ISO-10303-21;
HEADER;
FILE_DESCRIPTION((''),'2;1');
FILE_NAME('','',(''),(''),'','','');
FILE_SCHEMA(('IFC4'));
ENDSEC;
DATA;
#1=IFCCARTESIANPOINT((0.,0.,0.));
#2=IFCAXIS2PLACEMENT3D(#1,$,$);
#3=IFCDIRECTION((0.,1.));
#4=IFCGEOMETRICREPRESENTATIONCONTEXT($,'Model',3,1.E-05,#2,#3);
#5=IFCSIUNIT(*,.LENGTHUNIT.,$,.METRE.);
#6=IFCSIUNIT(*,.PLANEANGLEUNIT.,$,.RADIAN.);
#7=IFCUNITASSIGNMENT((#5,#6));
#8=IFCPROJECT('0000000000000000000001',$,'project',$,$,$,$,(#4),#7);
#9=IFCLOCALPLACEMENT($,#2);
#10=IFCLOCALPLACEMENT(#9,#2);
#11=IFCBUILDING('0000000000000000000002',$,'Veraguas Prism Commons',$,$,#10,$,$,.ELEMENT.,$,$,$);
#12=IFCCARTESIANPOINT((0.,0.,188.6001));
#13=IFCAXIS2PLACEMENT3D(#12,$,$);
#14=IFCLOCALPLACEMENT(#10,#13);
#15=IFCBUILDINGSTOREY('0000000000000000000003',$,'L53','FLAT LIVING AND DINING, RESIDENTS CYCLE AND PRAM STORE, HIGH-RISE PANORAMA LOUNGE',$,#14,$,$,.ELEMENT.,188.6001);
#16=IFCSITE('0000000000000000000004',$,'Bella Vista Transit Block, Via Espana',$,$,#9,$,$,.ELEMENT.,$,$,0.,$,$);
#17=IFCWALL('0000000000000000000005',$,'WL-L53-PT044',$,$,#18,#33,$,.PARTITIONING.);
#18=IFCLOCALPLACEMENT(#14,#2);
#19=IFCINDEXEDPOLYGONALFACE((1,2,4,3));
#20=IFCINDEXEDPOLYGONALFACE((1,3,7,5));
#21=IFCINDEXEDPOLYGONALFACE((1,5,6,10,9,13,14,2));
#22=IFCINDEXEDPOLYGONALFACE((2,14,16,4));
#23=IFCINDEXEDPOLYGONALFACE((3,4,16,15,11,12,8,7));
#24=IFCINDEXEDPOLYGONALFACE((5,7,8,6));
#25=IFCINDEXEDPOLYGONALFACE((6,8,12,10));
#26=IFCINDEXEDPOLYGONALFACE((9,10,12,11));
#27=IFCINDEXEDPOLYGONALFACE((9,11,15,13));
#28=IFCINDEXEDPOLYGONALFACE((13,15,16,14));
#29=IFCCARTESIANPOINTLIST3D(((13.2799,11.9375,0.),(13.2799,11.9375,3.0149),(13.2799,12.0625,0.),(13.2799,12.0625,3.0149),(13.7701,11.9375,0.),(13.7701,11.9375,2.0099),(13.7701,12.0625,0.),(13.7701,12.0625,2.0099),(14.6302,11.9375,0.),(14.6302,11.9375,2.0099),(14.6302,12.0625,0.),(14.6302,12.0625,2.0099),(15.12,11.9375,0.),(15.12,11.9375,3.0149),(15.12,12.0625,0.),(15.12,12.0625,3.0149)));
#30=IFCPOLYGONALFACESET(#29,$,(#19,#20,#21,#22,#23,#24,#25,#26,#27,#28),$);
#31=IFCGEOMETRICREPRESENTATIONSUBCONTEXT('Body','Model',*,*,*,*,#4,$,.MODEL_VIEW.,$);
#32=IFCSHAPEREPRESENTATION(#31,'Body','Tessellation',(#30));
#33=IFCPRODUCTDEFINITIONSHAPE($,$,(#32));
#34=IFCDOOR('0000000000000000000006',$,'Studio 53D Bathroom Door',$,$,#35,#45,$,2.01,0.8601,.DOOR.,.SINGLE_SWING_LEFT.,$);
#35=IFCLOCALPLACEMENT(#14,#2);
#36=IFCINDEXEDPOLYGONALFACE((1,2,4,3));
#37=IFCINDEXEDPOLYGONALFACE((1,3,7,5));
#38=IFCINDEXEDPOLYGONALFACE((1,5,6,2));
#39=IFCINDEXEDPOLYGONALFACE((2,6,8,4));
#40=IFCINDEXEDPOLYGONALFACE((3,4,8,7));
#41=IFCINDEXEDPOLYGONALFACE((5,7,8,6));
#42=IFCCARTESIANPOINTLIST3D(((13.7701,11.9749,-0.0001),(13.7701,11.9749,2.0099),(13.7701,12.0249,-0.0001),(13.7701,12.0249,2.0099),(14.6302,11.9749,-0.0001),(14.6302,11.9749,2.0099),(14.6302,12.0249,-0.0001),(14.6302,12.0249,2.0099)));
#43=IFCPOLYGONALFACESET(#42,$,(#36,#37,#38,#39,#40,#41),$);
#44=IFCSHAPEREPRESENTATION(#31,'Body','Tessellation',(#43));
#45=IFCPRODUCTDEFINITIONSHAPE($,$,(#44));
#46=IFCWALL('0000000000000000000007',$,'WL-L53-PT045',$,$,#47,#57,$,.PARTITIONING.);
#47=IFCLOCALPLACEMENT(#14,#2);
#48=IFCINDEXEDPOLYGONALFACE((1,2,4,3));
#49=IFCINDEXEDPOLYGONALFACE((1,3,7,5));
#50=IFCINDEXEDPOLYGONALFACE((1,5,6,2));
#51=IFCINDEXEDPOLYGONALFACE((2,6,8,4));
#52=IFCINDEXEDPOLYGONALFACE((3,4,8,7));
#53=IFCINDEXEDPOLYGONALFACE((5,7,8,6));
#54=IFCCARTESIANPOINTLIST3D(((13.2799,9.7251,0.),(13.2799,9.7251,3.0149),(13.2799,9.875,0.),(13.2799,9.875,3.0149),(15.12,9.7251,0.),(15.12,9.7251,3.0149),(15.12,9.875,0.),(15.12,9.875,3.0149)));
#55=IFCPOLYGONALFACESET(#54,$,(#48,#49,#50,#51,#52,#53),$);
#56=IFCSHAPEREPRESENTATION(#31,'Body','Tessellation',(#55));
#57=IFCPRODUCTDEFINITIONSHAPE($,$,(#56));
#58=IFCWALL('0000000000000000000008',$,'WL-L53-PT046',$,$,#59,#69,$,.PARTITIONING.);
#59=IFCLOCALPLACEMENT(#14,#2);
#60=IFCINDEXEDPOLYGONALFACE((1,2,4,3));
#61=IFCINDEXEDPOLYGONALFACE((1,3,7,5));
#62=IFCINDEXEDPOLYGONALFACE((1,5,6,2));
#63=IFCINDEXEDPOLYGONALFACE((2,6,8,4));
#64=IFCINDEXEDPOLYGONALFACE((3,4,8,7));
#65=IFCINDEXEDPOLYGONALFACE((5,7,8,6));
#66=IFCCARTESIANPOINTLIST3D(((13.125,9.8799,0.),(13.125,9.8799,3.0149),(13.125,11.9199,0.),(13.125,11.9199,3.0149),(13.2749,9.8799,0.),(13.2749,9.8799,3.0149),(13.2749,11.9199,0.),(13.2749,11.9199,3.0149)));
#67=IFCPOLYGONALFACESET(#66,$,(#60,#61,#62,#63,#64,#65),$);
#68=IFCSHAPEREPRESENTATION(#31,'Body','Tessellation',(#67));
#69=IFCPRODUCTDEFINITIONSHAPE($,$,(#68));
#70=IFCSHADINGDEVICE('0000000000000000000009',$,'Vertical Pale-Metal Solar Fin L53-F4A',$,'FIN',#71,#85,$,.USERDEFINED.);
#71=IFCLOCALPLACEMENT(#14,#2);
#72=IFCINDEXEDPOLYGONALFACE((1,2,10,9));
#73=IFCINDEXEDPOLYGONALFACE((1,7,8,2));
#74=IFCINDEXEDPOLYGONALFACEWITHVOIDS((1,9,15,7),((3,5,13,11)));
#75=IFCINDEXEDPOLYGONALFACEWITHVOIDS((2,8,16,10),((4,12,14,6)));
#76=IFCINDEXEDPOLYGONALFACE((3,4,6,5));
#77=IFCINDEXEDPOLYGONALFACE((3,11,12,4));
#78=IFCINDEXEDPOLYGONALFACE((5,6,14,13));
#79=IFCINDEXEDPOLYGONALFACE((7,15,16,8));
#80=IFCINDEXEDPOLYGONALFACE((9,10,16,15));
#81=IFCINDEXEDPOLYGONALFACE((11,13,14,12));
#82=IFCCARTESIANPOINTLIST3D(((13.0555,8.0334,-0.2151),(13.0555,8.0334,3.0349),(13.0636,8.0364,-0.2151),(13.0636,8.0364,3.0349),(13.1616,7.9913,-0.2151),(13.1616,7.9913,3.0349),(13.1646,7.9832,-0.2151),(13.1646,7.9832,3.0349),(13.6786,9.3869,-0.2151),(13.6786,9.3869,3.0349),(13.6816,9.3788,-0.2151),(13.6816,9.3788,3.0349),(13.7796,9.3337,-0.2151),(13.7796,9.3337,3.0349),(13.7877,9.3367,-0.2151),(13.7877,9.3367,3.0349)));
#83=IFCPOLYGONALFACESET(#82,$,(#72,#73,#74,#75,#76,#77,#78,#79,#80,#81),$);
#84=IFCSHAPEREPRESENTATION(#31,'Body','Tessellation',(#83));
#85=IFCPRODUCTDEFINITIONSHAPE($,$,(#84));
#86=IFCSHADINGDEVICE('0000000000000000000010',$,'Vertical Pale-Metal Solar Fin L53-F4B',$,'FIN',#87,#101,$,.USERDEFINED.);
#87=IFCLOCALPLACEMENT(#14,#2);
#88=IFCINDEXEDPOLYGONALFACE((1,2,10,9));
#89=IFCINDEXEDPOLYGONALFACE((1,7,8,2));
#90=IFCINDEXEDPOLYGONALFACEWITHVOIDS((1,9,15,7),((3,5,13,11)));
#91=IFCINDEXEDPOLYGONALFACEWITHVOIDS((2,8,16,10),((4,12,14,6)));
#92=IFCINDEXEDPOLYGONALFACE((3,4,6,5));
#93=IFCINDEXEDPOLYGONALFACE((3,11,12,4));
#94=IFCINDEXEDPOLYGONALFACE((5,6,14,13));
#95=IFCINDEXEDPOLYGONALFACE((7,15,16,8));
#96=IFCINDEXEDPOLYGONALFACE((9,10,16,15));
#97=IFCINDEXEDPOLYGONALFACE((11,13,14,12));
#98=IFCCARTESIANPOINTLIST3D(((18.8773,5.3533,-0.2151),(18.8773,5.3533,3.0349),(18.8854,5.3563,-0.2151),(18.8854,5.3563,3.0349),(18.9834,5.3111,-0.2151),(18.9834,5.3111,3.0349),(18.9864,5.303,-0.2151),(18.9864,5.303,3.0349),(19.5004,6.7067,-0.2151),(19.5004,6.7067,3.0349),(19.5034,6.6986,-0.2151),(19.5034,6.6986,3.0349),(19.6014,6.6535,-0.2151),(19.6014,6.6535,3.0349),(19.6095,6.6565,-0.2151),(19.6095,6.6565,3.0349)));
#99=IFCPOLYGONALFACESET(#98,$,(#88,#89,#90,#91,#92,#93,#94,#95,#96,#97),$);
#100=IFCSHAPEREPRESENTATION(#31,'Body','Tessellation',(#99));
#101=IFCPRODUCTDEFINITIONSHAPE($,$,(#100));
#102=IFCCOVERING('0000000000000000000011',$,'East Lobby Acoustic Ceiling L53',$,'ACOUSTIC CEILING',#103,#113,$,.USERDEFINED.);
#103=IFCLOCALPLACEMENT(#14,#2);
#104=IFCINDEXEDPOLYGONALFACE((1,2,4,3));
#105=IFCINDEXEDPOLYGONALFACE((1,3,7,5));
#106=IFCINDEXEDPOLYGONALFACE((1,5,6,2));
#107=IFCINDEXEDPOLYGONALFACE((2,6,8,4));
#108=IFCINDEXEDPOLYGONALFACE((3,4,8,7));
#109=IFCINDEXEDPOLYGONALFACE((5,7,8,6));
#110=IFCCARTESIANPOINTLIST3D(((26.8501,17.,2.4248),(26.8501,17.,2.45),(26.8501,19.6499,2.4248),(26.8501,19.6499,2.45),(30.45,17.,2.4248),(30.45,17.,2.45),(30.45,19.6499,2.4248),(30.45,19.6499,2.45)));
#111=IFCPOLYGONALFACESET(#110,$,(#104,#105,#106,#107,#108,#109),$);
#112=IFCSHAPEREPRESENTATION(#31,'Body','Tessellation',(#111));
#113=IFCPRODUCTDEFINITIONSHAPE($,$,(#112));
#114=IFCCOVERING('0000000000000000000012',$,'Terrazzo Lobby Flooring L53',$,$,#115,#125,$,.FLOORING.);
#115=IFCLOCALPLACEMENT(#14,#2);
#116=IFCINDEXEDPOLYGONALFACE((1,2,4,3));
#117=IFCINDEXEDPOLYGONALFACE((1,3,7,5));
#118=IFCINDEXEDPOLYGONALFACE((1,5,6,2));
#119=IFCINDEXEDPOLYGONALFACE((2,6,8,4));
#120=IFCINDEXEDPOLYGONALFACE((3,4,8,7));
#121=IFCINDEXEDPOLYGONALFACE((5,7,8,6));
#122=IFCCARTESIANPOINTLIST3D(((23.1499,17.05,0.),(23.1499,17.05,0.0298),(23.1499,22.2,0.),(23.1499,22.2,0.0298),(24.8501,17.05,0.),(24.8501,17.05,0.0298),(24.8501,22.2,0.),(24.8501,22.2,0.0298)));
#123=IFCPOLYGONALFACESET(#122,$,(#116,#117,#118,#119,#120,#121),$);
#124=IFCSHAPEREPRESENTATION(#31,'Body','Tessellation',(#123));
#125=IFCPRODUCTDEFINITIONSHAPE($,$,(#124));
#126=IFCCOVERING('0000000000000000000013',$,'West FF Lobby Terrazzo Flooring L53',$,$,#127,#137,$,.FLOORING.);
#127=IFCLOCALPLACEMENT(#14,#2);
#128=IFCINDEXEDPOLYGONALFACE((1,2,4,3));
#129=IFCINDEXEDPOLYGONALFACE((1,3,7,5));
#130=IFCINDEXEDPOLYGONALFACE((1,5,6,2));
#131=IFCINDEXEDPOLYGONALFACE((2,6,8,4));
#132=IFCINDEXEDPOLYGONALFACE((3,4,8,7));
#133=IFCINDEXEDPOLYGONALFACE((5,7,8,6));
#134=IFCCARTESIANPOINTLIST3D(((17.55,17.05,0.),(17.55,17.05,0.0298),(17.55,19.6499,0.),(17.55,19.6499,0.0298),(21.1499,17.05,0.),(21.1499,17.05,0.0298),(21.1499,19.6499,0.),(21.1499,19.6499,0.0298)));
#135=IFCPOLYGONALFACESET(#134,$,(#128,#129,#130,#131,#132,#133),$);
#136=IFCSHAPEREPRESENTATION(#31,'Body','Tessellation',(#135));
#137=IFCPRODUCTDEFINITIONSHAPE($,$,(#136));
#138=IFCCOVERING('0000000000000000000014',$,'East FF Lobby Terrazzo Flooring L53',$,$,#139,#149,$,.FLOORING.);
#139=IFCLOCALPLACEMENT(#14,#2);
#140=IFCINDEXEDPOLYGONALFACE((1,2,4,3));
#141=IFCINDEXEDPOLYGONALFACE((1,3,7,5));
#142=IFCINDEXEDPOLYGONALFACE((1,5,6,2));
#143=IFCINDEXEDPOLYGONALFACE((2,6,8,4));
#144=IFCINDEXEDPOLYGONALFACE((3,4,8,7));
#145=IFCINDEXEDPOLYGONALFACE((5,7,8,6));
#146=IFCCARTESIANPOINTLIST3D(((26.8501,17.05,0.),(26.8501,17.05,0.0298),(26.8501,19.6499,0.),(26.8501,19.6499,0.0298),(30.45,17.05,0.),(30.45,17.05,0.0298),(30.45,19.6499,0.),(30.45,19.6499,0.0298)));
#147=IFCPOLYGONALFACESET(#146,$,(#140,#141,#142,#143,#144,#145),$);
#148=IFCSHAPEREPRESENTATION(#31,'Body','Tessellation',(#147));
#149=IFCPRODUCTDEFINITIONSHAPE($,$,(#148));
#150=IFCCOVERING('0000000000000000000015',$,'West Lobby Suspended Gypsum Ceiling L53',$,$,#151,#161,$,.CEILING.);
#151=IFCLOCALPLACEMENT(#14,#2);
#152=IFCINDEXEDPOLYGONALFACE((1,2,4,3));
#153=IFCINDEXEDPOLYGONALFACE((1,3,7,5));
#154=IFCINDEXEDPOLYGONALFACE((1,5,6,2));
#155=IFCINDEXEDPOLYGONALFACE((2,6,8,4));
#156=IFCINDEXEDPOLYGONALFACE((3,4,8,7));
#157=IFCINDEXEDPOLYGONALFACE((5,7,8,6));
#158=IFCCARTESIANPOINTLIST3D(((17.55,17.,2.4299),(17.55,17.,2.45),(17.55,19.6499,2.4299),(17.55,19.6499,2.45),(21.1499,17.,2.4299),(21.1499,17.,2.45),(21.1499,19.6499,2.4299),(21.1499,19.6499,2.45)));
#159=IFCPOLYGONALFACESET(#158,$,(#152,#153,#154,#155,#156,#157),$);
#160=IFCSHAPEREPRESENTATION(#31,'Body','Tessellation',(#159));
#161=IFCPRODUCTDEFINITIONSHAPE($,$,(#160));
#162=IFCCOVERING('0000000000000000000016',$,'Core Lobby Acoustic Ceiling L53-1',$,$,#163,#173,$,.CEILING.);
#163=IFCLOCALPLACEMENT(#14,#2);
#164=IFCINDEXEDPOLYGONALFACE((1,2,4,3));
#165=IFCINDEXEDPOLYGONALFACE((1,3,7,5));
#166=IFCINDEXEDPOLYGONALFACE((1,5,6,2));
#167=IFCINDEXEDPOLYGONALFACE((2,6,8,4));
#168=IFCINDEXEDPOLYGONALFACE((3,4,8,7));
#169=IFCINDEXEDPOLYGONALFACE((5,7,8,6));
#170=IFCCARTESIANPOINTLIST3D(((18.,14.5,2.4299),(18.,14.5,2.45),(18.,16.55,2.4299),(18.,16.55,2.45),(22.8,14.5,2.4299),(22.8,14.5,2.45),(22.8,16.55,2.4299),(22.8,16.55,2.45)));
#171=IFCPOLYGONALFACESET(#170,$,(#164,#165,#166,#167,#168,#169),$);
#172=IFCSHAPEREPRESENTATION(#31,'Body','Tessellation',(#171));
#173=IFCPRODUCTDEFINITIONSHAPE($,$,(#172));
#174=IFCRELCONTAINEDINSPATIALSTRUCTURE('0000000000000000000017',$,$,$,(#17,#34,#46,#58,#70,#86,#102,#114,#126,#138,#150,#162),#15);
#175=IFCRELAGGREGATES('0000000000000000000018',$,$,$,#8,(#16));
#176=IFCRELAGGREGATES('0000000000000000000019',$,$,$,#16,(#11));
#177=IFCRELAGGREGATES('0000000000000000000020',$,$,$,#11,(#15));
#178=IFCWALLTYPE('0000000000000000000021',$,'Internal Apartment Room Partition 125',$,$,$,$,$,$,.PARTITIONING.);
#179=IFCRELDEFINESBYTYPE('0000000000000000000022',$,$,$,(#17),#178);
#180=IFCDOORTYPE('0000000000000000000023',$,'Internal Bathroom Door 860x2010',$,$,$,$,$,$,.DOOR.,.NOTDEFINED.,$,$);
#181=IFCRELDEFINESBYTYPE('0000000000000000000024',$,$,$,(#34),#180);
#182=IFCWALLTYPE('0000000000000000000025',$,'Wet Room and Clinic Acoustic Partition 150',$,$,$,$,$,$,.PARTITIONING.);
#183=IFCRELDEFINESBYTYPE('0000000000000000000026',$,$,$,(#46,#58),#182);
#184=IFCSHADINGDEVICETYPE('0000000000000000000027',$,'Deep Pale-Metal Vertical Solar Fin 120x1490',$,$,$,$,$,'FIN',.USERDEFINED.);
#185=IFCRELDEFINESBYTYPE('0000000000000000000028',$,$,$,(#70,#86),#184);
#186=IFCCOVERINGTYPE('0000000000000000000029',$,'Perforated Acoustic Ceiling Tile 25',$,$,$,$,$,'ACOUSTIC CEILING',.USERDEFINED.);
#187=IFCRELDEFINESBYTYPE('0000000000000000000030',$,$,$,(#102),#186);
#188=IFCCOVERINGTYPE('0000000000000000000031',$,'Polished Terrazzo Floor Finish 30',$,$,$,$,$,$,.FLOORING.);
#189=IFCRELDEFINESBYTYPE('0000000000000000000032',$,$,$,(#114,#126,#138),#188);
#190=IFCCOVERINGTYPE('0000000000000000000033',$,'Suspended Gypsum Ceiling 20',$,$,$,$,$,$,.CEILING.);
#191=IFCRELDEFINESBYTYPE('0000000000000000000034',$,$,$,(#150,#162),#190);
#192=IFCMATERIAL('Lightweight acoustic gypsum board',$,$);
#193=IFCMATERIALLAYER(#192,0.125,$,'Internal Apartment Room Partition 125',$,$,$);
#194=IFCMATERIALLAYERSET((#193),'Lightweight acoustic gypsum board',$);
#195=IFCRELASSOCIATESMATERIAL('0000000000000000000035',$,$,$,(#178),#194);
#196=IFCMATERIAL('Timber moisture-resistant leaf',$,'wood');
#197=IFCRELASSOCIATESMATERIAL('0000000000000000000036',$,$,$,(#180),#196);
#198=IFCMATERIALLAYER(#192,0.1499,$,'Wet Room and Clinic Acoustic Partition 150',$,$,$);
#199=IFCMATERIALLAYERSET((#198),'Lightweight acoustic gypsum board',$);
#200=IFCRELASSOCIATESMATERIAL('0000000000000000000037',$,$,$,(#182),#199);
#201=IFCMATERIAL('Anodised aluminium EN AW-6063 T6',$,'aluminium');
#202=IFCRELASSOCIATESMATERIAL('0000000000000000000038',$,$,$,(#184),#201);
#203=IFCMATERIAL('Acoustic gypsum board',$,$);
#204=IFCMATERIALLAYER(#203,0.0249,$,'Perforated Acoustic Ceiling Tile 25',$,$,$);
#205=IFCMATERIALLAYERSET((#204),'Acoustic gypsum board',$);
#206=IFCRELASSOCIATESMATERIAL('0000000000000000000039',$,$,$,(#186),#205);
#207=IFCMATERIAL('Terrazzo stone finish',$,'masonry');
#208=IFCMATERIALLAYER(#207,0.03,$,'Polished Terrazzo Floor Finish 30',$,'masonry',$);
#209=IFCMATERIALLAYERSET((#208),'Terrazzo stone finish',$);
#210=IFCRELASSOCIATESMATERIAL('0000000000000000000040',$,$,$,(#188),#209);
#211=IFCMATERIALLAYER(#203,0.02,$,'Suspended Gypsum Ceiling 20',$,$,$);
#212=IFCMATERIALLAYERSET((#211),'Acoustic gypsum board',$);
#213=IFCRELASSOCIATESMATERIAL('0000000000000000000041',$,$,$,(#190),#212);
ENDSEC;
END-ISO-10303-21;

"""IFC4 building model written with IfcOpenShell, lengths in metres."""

from ifc_helpers import new_model, si_unit, direction, frame, frame_2d, origin, origin_2d, place, context, subcontext, project, spatial, polyline, rectangle, hollow_rectangle, outline, extrude, source, transform, mapped, material, layer, layer_set, material_profile, profile_set, type_object, element, fill, save


model = new_model("IFC4")

# Units and contexts
model_context = context("Model", 3, precision=1e-05, world=origin(), true_north=direction((0.0, 1.0)))
body_context = subcontext(model_context, "Body", "Model", "MODEL_VIEW")
ifc_project = project(units=[si_unit("LENGTHUNIT", "METRE"), si_unit("PLANEANGLEUNIT", "RADIAN")], contexts=[model_context])

# Site, building, storey
site_placement = place(None, origin())
site = spatial("IfcSite", under=ifc_project, at=site_placement, Name="Bella Vista Transit Block, Via Espana", CompositionType="ELEMENT", RefElevation=0.0)
building_placement = place(site_placement, origin())
building = spatial("IfcBuilding", under=site, at=building_placement, Name="Veraguas Prism Commons", CompositionType="ELEMENT")
storey_placement = place(building_placement, frame((0.0, 0.0, 188.6001)))
storey = spatial("IfcBuildingStorey", under=building, at=storey_placement, Name="L53", Description="FLAT LIVING AND DINING, RESIDENTS CYCLE AND PRAM STORE, HIGH-RISE PANORAMA LOUNGE", CompositionType="ELEMENT", Elevation=188.6001)

# Shared definitions
ifc_material_1 = material(Name="Anodised aluminium EN AW-6063 T6", Category="aluminium")

# Wall, opening, door
ifc_material_2 = material(Name="Lightweight acoustic gypsum board")
ifc_layer_1 = layer(ifc_material_2, 0.125, Name="Internal Apartment Room Partition 125")
ifc_layer_set_1 = layer_set([ifc_layer_1], Name="Lightweight acoustic gypsum board")
wall_type_1 = type_object("IfcWallType", Name="Internal Apartment Room Partition 125", PredefinedType="PARTITIONING", material=ifc_layer_set_1)
wall_1_placement = place(storey_placement, frame((13.28, 12.0, 0.0), z_axis=(0.0, 0.0, 1.0), x_axis=(1.0, 0.0, 0.0)))
wall_1 = element("IfcWall", 1, at=wall_1_placement, inside=storey, type_object=wall_type_1, Name="WL-L53-PT044", PredefinedType="PARTITIONING", context=body_context, shape_type="SweptSolid", body=[
    extrude(rectangle(XDim=1.8401, YDim=0.125, at=frame_2d((0.9199, 0.0))), origin(), (0.0, 0.0, 1.0), 3.0149),
])
opening_1_placement = place(wall_1_placement, frame((0.49, 0.0, 0.0)))
opening_1 = element("IfcOpeningElement", 2, at=opening_1_placement, cuts=wall_1, PredefinedType="OPENING", context=body_context, shape_type="SweptSolid", body=[
    extrude(rectangle(XDim=0.8601, YDim=2.01, at=frame_2d((0.4302, 1.0049))), frame((0.0, 0.0725, 0.0), z_axis=(0.0, -1.0, 0.0), x_axis=(1.0, 0.0, 0.0)), (0.0, 0.0, 1.0), 0.145),
])
ifc_material_3 = material(Name="Timber moisture-resistant leaf", Category="wood")
door_type_1 = type_object("IfcDoorType", Name="Internal Bathroom Door 860x2010", OperationType="NOTDEFINED", PredefinedType="DOOR", material=ifc_material_3)
shared_shape_1 = source(origin(), body_context, "Body", "SweptSolid", [
    extrude(rectangle(XDim=0.8601, YDim=2.01, at=frame_2d((0.4302, 1.0049))), frame((0.0, 0.0249, 0.0), z_axis=(0.0, -1.0, 0.0), x_axis=(1.0, 0.0, 0.0)), (0.0, 0.0, 1.0), 0.05),
])
door_1_placement = place(opening_1_placement, origin())
door_1 = element("IfcDoor", 3, at=door_1_placement, inside=storey, type_object=door_type_1, Name="Studio 53D Bathroom Door", OperationType="SINGLE_SWING_LEFT", OverallHeight=2.01, OverallWidth=0.8601, PredefinedType="DOOR", context=body_context, shape_type="MappedRepresentation", body=[
    mapped(shared_shape_1, transform((0.0, 0.0, 0.0), scale=1.0)),
])
fill(opening_1, door_1)

# Walls
ifc_layer_2 = layer(ifc_material_2, 0.1499, Name="Wet Room and Clinic Acoustic Partition 150")
ifc_layer_set_2 = layer_set([ifc_layer_2], Name="Lightweight acoustic gypsum board")
wall_type_2 = type_object("IfcWallType", Name="Wet Room and Clinic Acoustic Partition 150", PredefinedType="PARTITIONING", material=ifc_layer_set_2)
wall_2_placement = place(storey_placement, frame((13.28, 9.8, 0.0), z_axis=(0.0, 0.0, 1.0), x_axis=(1.0, 0.0, 0.0)))
element("IfcWall", 4, at=wall_2_placement, inside=storey, type_object=wall_type_2, Name="WL-L53-PT045", PredefinedType="PARTITIONING", context=body_context, shape_type="SweptSolid", body=[
    extrude(rectangle(XDim=1.8401, YDim=0.1499, at=frame_2d((0.9199, 0.0))), origin(), (0.0, 0.0, 1.0), 3.0149),
])
wall_3_placement = place(storey_placement, frame((13.2, 9.8799, 0.0), z_axis=(0.0, 0.0, 1.0), x_axis=(0.0, 1.0, 0.0)))
element("IfcWall", 5, at=wall_3_placement, inside=storey, type_object=wall_type_2, Name="WL-L53-PT046", PredefinedType="PARTITIONING", context=body_context, shape_type="SweptSolid", body=[
    extrude(rectangle(XDim=2.04, YDim=0.1499, at=frame_2d((1.02, 0.0))), origin(), (0.0, 0.0, 1.0), 3.0149),
])

# Shading devices
ifc_material_profile_1 = material_profile(ifc_material_1, hollow_rectangle(XDim=0.1201, YDim=1.49, WallThickness=0.0061, at=origin_2d()), Name="FIN120X1490X6")
ifc_profile_set_1 = profile_set([ifc_material_profile_1], Name="Anodised aluminium EN AW-6063 T6")
shading_device_type = type_object("IfcShadingDeviceType", Name="Deep Pale-Metal Vertical Solar Fin 120x1490", ElementType="FIN", PredefinedType="USERDEFINED", material=ifc_profile_set_1)
for number, where, z_axis, x_axis, name in (
    (6, (13.4216, 8.6851, -0.2151), (0.0, 0.0, 1.0), (0.908361, -0.418187, 0.0), "Vertical Pale-Metal Solar Fin L53-F4A"),
    (7, (19.2434, 6.0049, -0.2151), (0.0, 0.0, 1.0), (0.908361, -0.418187, 0.0), "Vertical Pale-Metal Solar Fin L53-F4B"),
):
    element("IfcShadingDevice", number, at=place(storey_placement, frame(where, z_axis=z_axis, x_axis=x_axis)), inside=storey, type_object=shading_device_type, Name=name, ObjectType="FIN", PredefinedType="USERDEFINED", context=body_context, shape_type="SweptSolid", body=[
        extrude(hollow_rectangle(XDim=0.1201, YDim=1.49, WallThickness=0.0061, at=origin_2d()), origin(), (0.0, 0.0, 1.0), 3.25),
    ])

# Coverings
ifc_material_4 = material(Name="Acoustic gypsum board")
ifc_layer_3 = layer(ifc_material_4, 0.0249, Name="Perforated Acoustic Ceiling Tile 25")
ifc_layer_set_3 = layer_set([ifc_layer_3], Name="Acoustic gypsum board")
covering_type_1 = type_object("IfcCoveringType", Name="Perforated Acoustic Ceiling Tile 25", ElementType="ACOUSTIC CEILING", PredefinedType="USERDEFINED", material=ifc_layer_set_3)
covering_1_placement = place(storey_placement, frame((0.0, 0.0, 2.4248)))
element("IfcCovering", 8, at=covering_1_placement, inside=storey, type_object=covering_type_1, Name="East Lobby Acoustic Ceiling L53", ObjectType="ACOUSTIC CEILING", PredefinedType="USERDEFINED", context=body_context, shape_type="SweptSolid", body=[
    extrude(outline(polyline([(26.8501, 17.0), (30.45, 17.0), (30.45, 19.6499), (26.8501, 19.6499), (26.8501, 17.0)])), origin(), (0.0, 0.0, 1.0), 0.0251),
])
ifc_material_5 = material(Name="Terrazzo stone finish", Category="masonry")
ifc_layer_4 = layer(ifc_material_5, 0.03, Name="Polished Terrazzo Floor Finish 30", Category="masonry")
ifc_layer_set_4 = layer_set([ifc_layer_4], Name="Terrazzo stone finish")
covering_type_2 = type_object("IfcCoveringType", Name="Polished Terrazzo Floor Finish 30", PredefinedType="FLOORING", material=ifc_layer_set_4)
covering_2_placement = place(storey_placement, origin())
element("IfcCovering", 9, at=covering_2_placement, inside=storey, type_object=covering_type_2, Name="Terrazzo Lobby Flooring L53", PredefinedType="FLOORING", context=body_context, shape_type="SweptSolid", body=[
    extrude(outline(polyline([(23.1499, 17.05), (24.8501, 17.05), (24.8501, 22.2), (23.1499, 22.2), (23.1499, 17.05)])), origin(), (0.0, 0.0, 1.0), 0.0298),
])
covering_3_placement = place(storey_placement, origin())
element("IfcCovering", 10, at=covering_3_placement, inside=storey, type_object=covering_type_2, Name="West FF Lobby Terrazzo Flooring L53", PredefinedType="FLOORING", context=body_context, shape_type="SweptSolid", body=[
    extrude(outline(polyline([(17.55, 17.05), (21.1499, 17.05), (21.1499, 19.6499), (17.55, 19.6499), (17.55, 17.05)])), origin(), (0.0, 0.0, 1.0), 0.0298),
])
covering_4_placement = place(storey_placement, origin())
element("IfcCovering", 11, at=covering_4_placement, inside=storey, type_object=covering_type_2, Name="East FF Lobby Terrazzo Flooring L53", PredefinedType="FLOORING", context=body_context, shape_type="SweptSolid", body=[
    extrude(outline(polyline([(26.8501, 17.05), (30.45, 17.05), (30.45, 19.6499), (26.8501, 19.6499), (26.8501, 17.05)])), origin(), (0.0, 0.0, 1.0), 0.0298),
])
ifc_layer_5 = layer(ifc_material_4, 0.02, Name="Suspended Gypsum Ceiling 20")
ifc_layer_set_5 = layer_set([ifc_layer_5], Name="Acoustic gypsum board")
covering_type_3 = type_object("IfcCoveringType", Name="Suspended Gypsum Ceiling 20", PredefinedType="CEILING", material=ifc_layer_set_5)
covering_5_placement = place(storey_placement, frame((0.0, 0.0, 2.4299)))
element("IfcCovering", 12, at=covering_5_placement, inside=storey, type_object=covering_type_3, Name="West Lobby Suspended Gypsum Ceiling L53", PredefinedType="CEILING", context=body_context, shape_type="SweptSolid", body=[
    extrude(outline(polyline([(17.55, 17.0), (21.1499, 17.0), (21.1499, 19.6499), (17.55, 19.6499), (17.55, 17.0)])), origin(), (0.0, 0.0, 1.0), 0.02),
])
covering_6_placement = place(storey_placement, frame((0.0, 0.0, 2.4299)))
element("IfcCovering", 13, at=covering_6_placement, inside=storey, type_object=covering_type_3, Name="Core Lobby Acoustic Ceiling L53-1", PredefinedType="CEILING", context=body_context, shape_type="SweptSolid", body=[
    extrude(outline(polyline([(18.0, 14.5), (22.8, 14.5), (22.8, 16.55), (18.0, 16.55), (18.0, 14.5)])), origin(), (0.0, 0.0, 1.0), 0.02),
])

save(model, "model.ifc")
